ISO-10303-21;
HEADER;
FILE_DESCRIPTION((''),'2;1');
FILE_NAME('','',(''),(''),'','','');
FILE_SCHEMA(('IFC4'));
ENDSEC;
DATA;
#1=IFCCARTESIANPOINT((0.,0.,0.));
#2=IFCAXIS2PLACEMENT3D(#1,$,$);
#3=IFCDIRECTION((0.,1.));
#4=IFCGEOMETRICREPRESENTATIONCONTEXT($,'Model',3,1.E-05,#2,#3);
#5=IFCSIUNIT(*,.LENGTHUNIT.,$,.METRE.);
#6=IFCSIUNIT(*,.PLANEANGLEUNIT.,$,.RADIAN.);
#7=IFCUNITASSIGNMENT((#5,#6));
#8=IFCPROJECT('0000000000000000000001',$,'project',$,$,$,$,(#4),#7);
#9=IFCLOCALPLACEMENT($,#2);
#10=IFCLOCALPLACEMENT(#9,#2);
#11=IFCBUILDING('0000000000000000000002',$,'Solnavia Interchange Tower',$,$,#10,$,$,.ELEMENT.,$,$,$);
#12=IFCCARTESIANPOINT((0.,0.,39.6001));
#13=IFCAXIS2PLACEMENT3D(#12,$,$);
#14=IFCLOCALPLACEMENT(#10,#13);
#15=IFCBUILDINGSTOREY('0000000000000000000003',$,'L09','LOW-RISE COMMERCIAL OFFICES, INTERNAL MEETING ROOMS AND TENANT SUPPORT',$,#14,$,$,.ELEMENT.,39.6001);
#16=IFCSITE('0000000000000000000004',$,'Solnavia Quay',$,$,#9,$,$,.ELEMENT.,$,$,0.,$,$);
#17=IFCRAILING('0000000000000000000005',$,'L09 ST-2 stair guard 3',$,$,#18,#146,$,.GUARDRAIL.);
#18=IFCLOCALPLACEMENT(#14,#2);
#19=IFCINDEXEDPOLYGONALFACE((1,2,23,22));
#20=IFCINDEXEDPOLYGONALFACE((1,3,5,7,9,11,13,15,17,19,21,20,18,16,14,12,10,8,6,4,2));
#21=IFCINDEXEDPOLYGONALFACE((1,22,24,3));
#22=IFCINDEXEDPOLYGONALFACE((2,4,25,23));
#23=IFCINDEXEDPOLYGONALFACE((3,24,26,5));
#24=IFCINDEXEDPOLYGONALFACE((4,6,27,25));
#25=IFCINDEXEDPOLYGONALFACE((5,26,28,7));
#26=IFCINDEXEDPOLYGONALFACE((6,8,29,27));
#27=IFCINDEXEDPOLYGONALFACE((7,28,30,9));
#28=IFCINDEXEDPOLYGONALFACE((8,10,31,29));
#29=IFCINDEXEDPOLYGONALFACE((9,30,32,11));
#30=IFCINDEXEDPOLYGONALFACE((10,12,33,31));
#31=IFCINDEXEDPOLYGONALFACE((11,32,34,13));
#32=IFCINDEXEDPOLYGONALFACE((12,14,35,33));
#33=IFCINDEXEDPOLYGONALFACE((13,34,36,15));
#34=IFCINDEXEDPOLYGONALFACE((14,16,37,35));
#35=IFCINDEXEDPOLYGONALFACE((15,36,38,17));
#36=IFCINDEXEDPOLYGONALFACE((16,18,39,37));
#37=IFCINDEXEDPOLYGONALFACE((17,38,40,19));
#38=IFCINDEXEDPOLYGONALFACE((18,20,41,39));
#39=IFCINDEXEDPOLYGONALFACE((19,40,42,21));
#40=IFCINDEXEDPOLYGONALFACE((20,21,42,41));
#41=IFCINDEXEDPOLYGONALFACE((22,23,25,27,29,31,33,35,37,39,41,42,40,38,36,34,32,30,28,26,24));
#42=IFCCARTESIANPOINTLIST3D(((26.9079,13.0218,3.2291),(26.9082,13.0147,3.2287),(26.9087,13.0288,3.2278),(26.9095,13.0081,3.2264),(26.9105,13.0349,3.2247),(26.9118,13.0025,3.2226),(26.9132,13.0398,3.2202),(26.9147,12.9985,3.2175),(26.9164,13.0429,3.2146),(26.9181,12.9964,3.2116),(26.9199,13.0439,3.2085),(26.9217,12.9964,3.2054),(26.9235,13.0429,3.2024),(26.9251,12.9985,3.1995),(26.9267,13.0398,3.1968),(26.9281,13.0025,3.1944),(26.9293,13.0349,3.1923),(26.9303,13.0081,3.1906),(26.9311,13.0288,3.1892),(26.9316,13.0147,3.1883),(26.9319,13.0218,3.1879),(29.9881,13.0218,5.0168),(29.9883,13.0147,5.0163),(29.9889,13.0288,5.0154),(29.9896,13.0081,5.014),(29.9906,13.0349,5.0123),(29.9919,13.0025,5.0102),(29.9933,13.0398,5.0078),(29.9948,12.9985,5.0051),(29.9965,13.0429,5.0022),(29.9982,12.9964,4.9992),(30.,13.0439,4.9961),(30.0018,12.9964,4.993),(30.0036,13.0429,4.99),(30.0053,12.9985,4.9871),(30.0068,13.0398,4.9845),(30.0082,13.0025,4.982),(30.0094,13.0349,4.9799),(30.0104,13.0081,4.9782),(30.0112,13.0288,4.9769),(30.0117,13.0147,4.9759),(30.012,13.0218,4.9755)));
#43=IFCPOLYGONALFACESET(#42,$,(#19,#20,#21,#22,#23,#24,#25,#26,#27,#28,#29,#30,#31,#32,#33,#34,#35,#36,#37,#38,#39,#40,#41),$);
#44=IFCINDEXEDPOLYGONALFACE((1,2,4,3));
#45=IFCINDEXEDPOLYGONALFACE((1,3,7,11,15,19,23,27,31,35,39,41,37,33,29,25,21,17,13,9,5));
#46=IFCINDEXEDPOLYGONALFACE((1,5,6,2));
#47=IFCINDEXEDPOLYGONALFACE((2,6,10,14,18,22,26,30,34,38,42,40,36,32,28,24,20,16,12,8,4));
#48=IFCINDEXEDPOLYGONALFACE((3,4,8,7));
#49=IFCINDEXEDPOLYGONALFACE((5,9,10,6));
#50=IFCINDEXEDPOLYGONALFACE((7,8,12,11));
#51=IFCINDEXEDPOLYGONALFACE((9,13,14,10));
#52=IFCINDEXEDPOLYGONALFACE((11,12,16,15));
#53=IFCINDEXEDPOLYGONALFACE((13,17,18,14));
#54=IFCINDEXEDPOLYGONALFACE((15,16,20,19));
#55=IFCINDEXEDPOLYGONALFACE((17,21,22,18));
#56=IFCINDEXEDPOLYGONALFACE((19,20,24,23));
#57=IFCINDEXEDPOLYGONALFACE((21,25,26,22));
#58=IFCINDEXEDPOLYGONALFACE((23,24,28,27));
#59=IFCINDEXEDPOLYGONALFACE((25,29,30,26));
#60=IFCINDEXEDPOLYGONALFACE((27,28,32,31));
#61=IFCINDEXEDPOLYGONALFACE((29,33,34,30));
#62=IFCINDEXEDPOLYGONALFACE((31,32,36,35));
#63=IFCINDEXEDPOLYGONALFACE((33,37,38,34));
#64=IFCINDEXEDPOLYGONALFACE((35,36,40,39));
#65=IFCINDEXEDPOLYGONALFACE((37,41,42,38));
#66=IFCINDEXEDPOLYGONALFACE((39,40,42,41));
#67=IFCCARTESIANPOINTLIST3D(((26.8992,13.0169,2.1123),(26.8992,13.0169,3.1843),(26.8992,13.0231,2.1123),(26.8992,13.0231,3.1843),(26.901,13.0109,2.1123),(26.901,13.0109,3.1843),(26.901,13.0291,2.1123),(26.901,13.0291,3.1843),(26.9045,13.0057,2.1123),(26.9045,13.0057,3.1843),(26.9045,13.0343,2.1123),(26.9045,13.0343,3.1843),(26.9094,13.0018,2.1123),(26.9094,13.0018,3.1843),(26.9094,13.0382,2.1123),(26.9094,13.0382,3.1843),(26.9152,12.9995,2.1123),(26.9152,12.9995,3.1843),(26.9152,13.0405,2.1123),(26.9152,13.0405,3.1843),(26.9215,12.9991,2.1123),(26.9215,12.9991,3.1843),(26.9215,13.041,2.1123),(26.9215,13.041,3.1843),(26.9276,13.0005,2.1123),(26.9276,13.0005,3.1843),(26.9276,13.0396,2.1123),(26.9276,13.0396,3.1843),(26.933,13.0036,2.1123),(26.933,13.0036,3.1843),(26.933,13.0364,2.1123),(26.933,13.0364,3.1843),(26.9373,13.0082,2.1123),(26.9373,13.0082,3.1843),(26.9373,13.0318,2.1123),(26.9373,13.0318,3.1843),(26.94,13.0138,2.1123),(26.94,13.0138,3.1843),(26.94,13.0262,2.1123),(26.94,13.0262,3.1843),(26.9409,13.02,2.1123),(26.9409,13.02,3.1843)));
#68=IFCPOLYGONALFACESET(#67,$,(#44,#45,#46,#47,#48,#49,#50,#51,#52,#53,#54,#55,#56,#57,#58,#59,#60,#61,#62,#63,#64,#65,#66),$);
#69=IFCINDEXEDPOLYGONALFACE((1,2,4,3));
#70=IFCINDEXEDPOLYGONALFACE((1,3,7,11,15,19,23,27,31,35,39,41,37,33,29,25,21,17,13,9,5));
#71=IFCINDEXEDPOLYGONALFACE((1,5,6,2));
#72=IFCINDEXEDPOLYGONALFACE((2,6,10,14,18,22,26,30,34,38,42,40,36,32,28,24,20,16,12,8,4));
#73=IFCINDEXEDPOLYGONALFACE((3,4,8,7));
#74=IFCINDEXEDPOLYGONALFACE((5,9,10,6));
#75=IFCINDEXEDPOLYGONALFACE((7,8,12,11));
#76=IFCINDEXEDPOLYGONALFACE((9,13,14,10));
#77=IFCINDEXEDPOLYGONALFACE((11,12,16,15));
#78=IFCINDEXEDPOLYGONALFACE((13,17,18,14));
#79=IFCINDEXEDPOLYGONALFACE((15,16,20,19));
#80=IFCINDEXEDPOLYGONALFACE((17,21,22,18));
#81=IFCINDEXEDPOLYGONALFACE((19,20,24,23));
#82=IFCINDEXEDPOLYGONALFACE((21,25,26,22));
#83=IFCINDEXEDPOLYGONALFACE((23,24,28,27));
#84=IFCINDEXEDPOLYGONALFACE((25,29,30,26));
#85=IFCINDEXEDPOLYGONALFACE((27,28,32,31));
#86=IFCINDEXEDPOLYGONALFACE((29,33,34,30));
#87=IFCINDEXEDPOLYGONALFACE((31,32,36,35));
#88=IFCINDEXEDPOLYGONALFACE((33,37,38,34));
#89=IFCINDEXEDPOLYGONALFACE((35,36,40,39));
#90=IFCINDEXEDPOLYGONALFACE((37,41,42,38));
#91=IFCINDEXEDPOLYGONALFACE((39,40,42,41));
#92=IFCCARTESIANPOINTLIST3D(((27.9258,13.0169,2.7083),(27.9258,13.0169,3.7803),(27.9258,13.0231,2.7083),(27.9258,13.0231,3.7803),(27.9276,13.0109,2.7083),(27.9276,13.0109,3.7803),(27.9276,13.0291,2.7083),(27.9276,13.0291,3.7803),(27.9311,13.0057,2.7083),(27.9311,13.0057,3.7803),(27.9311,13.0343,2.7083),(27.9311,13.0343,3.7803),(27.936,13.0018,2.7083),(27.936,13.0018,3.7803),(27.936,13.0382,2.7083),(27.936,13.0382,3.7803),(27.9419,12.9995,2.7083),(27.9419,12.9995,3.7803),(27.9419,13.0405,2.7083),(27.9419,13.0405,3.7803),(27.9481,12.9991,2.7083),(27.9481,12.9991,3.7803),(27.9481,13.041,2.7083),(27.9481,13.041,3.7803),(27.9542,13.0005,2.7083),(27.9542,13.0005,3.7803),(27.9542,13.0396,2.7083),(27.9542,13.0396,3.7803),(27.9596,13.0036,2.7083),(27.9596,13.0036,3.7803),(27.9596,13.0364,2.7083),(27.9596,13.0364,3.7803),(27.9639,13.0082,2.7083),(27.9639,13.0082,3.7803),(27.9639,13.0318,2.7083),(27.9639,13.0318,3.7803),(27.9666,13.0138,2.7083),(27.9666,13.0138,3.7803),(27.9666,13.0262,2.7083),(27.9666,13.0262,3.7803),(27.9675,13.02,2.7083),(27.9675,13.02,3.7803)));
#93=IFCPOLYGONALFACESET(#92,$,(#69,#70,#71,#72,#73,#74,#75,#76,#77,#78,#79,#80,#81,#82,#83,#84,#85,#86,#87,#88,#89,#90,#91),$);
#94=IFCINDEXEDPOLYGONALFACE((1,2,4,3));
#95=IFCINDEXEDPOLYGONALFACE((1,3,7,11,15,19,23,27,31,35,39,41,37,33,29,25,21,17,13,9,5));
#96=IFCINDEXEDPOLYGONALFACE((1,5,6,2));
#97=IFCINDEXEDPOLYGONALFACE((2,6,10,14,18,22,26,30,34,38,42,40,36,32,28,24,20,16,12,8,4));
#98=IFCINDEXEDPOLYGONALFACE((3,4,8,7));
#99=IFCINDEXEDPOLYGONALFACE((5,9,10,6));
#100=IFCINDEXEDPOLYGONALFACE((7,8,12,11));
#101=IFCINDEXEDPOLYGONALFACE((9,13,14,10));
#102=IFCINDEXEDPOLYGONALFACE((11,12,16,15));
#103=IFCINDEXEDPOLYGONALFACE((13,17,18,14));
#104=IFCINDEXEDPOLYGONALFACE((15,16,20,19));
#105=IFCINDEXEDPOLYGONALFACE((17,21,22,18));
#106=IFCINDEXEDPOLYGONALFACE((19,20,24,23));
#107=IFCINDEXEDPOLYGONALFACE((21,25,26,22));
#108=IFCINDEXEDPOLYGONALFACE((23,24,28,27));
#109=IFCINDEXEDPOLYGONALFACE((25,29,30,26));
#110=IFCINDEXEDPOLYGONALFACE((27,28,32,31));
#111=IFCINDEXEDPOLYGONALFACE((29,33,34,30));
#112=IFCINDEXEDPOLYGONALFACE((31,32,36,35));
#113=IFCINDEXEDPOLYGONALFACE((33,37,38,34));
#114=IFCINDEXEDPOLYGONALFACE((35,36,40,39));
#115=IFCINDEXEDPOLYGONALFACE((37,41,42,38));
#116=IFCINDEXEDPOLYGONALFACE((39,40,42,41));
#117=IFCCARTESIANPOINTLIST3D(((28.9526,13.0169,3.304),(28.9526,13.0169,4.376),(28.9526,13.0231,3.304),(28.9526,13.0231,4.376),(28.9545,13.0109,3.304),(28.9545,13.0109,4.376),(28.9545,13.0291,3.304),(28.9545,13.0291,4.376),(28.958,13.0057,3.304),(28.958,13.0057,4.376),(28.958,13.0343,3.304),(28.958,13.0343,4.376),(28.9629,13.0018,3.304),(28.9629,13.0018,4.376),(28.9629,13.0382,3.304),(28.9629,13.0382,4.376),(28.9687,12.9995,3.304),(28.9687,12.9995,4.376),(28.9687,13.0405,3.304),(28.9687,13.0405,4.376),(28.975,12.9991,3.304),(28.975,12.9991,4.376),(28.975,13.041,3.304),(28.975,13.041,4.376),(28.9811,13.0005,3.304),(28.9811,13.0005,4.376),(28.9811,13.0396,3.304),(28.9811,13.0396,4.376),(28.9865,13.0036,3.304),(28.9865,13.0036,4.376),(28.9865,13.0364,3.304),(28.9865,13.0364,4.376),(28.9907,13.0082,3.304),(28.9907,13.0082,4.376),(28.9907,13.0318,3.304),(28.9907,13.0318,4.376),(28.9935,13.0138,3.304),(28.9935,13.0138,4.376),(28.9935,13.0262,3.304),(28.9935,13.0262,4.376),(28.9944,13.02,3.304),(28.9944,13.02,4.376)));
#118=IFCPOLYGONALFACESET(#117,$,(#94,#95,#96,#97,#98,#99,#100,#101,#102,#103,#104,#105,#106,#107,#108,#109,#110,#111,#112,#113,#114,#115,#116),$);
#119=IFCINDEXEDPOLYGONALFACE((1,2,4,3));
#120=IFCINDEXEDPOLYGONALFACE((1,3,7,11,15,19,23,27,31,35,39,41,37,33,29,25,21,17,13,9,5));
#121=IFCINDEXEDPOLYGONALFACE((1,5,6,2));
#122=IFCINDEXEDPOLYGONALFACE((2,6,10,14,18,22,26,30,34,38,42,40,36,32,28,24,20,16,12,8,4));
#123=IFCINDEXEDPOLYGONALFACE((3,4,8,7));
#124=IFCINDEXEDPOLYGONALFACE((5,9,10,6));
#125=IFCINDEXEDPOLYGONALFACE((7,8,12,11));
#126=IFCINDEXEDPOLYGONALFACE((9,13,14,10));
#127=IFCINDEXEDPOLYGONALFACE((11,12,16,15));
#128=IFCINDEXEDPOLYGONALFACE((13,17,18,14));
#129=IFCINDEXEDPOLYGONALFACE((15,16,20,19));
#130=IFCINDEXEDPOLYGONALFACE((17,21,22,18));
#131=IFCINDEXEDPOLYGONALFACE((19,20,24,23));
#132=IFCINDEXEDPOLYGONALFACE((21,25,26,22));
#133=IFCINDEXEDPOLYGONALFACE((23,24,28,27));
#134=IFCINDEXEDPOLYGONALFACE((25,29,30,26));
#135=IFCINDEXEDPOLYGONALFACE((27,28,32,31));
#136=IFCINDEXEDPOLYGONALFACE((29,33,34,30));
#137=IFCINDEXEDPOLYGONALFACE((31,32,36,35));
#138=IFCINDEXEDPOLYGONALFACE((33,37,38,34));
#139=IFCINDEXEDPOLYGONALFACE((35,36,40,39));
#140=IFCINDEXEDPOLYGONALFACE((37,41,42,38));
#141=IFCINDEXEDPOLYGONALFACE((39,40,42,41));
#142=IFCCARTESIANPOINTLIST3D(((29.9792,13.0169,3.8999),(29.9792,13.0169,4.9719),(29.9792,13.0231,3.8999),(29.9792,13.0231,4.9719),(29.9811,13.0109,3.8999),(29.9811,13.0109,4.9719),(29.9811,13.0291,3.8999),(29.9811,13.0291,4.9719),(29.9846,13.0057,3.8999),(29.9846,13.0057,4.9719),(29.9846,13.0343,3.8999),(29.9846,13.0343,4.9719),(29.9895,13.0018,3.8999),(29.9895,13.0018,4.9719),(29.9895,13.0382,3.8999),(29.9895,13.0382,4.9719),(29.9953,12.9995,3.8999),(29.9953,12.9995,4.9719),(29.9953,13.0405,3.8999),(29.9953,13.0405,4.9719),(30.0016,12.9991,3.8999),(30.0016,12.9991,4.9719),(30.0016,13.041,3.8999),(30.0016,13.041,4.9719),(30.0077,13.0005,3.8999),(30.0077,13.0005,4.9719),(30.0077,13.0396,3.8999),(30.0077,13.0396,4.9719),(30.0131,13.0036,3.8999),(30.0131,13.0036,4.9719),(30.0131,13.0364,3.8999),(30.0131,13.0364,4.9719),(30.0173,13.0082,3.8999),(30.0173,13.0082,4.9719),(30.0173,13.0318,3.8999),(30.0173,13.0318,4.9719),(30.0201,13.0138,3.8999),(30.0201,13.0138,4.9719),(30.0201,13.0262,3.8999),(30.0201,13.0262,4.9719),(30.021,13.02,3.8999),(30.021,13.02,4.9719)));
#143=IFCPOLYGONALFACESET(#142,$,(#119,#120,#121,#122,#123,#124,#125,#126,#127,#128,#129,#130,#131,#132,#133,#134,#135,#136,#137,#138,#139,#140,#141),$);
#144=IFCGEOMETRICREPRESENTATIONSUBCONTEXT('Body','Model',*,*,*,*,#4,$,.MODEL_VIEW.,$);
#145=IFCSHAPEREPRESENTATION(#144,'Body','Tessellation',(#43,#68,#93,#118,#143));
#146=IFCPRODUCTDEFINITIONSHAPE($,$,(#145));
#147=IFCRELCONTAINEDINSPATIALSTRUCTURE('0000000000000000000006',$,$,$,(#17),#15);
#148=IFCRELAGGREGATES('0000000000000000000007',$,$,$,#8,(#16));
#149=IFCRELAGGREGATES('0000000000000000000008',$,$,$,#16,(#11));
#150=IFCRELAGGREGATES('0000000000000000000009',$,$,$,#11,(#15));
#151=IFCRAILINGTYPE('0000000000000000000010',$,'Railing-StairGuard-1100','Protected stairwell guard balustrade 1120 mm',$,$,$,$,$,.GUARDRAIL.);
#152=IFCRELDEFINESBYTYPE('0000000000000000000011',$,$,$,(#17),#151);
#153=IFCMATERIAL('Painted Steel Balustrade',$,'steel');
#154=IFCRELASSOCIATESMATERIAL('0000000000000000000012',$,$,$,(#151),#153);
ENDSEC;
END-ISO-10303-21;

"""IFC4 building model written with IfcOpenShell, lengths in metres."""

from ifc_helpers import new_model, si_unit, direction, frame, origin, origin_2d, place, context, subcontext, project, spatial, circle, extrude, material, type_object, element, save


model = new_model("IFC4")

# Units and contexts
model_context = context("Model", 3, precision=1e-05, world=origin(), true_north=direction((0.0, 1.0)))
body_context = subcontext(model_context, "Body", "Model", "MODEL_VIEW")
ifc_project = project(units=[si_unit("LENGTHUNIT", "METRE"), si_unit("PLANEANGLEUNIT", "RADIAN")], contexts=[model_context])

# Site, building, storey
site_placement = place(None, origin())
site = spatial("IfcSite", under=ifc_project, at=site_placement, Name="Solnavia Quay", CompositionType="ELEMENT", RefElevation=0.0)
building_placement = place(site_placement, origin())
building = spatial("IfcBuilding", under=site, at=building_placement, Name="Solnavia Interchange Tower", CompositionType="ELEMENT")
storey_placement = place(building_placement, frame((0.0, 0.0, 39.6001)))
storey = spatial("IfcBuildingStorey", under=building, at=storey_placement, Name="L09", Description="LOW-RISE COMMERCIAL OFFICES, INTERNAL MEETING ROOMS AND TENANT SUPPORT", CompositionType="ELEMENT", Elevation=39.6001)

# Railing
ifc_material_1 = material(Name="Painted Steel Balustrade", Category="steel")
railing_type_1 = type_object("IfcRailingType", Name="Railing-StairGuard-1100", Description="Protected stairwell guard balustrade 1120 mm", PredefinedType="GUARDRAIL", material=ifc_material_1)
railing_1_placement = place(storey_placement, frame((26.9199, 13.02, 2.1123)))
element("IfcRailing", 1, at=railing_1_placement, inside=storey, type_object=railing_type_1, Name="L09 ST-2 stair guard 3", PredefinedType="GUARDRAIL", context=body_context, shape_type="SweptSolid", body=[
    extrude(circle(Radius=0.0239, at=origin_2d()), frame((0.0, 0.0, 1.0962), z_axis=(0.864891, 0.0, 0.50196), x_axis=(0.0, 1.0, 0.0)), (0.0, 0.0, 1.0), 3.5613),
    extrude(circle(Radius=0.021, at=origin_2d()), origin(), (0.0, 0.0, 1.0), 1.072),
    extrude(circle(Radius=0.021, at=origin_2d()), frame((1.0266, 0.0, 0.5959)), (0.0, 0.0, 1.0), 1.072),
    extrude(circle(Radius=0.021, at=origin_2d()), frame((2.0535, 0.0, 1.1917)), (0.0, 0.0, 1.0), 1.072),
    extrude(circle(Radius=0.021, at=origin_2d()), frame((3.0801, 0.0, 1.7876)), (0.0, 0.0, 1.0), 1.072),
])

save(model, "model.ifc")
